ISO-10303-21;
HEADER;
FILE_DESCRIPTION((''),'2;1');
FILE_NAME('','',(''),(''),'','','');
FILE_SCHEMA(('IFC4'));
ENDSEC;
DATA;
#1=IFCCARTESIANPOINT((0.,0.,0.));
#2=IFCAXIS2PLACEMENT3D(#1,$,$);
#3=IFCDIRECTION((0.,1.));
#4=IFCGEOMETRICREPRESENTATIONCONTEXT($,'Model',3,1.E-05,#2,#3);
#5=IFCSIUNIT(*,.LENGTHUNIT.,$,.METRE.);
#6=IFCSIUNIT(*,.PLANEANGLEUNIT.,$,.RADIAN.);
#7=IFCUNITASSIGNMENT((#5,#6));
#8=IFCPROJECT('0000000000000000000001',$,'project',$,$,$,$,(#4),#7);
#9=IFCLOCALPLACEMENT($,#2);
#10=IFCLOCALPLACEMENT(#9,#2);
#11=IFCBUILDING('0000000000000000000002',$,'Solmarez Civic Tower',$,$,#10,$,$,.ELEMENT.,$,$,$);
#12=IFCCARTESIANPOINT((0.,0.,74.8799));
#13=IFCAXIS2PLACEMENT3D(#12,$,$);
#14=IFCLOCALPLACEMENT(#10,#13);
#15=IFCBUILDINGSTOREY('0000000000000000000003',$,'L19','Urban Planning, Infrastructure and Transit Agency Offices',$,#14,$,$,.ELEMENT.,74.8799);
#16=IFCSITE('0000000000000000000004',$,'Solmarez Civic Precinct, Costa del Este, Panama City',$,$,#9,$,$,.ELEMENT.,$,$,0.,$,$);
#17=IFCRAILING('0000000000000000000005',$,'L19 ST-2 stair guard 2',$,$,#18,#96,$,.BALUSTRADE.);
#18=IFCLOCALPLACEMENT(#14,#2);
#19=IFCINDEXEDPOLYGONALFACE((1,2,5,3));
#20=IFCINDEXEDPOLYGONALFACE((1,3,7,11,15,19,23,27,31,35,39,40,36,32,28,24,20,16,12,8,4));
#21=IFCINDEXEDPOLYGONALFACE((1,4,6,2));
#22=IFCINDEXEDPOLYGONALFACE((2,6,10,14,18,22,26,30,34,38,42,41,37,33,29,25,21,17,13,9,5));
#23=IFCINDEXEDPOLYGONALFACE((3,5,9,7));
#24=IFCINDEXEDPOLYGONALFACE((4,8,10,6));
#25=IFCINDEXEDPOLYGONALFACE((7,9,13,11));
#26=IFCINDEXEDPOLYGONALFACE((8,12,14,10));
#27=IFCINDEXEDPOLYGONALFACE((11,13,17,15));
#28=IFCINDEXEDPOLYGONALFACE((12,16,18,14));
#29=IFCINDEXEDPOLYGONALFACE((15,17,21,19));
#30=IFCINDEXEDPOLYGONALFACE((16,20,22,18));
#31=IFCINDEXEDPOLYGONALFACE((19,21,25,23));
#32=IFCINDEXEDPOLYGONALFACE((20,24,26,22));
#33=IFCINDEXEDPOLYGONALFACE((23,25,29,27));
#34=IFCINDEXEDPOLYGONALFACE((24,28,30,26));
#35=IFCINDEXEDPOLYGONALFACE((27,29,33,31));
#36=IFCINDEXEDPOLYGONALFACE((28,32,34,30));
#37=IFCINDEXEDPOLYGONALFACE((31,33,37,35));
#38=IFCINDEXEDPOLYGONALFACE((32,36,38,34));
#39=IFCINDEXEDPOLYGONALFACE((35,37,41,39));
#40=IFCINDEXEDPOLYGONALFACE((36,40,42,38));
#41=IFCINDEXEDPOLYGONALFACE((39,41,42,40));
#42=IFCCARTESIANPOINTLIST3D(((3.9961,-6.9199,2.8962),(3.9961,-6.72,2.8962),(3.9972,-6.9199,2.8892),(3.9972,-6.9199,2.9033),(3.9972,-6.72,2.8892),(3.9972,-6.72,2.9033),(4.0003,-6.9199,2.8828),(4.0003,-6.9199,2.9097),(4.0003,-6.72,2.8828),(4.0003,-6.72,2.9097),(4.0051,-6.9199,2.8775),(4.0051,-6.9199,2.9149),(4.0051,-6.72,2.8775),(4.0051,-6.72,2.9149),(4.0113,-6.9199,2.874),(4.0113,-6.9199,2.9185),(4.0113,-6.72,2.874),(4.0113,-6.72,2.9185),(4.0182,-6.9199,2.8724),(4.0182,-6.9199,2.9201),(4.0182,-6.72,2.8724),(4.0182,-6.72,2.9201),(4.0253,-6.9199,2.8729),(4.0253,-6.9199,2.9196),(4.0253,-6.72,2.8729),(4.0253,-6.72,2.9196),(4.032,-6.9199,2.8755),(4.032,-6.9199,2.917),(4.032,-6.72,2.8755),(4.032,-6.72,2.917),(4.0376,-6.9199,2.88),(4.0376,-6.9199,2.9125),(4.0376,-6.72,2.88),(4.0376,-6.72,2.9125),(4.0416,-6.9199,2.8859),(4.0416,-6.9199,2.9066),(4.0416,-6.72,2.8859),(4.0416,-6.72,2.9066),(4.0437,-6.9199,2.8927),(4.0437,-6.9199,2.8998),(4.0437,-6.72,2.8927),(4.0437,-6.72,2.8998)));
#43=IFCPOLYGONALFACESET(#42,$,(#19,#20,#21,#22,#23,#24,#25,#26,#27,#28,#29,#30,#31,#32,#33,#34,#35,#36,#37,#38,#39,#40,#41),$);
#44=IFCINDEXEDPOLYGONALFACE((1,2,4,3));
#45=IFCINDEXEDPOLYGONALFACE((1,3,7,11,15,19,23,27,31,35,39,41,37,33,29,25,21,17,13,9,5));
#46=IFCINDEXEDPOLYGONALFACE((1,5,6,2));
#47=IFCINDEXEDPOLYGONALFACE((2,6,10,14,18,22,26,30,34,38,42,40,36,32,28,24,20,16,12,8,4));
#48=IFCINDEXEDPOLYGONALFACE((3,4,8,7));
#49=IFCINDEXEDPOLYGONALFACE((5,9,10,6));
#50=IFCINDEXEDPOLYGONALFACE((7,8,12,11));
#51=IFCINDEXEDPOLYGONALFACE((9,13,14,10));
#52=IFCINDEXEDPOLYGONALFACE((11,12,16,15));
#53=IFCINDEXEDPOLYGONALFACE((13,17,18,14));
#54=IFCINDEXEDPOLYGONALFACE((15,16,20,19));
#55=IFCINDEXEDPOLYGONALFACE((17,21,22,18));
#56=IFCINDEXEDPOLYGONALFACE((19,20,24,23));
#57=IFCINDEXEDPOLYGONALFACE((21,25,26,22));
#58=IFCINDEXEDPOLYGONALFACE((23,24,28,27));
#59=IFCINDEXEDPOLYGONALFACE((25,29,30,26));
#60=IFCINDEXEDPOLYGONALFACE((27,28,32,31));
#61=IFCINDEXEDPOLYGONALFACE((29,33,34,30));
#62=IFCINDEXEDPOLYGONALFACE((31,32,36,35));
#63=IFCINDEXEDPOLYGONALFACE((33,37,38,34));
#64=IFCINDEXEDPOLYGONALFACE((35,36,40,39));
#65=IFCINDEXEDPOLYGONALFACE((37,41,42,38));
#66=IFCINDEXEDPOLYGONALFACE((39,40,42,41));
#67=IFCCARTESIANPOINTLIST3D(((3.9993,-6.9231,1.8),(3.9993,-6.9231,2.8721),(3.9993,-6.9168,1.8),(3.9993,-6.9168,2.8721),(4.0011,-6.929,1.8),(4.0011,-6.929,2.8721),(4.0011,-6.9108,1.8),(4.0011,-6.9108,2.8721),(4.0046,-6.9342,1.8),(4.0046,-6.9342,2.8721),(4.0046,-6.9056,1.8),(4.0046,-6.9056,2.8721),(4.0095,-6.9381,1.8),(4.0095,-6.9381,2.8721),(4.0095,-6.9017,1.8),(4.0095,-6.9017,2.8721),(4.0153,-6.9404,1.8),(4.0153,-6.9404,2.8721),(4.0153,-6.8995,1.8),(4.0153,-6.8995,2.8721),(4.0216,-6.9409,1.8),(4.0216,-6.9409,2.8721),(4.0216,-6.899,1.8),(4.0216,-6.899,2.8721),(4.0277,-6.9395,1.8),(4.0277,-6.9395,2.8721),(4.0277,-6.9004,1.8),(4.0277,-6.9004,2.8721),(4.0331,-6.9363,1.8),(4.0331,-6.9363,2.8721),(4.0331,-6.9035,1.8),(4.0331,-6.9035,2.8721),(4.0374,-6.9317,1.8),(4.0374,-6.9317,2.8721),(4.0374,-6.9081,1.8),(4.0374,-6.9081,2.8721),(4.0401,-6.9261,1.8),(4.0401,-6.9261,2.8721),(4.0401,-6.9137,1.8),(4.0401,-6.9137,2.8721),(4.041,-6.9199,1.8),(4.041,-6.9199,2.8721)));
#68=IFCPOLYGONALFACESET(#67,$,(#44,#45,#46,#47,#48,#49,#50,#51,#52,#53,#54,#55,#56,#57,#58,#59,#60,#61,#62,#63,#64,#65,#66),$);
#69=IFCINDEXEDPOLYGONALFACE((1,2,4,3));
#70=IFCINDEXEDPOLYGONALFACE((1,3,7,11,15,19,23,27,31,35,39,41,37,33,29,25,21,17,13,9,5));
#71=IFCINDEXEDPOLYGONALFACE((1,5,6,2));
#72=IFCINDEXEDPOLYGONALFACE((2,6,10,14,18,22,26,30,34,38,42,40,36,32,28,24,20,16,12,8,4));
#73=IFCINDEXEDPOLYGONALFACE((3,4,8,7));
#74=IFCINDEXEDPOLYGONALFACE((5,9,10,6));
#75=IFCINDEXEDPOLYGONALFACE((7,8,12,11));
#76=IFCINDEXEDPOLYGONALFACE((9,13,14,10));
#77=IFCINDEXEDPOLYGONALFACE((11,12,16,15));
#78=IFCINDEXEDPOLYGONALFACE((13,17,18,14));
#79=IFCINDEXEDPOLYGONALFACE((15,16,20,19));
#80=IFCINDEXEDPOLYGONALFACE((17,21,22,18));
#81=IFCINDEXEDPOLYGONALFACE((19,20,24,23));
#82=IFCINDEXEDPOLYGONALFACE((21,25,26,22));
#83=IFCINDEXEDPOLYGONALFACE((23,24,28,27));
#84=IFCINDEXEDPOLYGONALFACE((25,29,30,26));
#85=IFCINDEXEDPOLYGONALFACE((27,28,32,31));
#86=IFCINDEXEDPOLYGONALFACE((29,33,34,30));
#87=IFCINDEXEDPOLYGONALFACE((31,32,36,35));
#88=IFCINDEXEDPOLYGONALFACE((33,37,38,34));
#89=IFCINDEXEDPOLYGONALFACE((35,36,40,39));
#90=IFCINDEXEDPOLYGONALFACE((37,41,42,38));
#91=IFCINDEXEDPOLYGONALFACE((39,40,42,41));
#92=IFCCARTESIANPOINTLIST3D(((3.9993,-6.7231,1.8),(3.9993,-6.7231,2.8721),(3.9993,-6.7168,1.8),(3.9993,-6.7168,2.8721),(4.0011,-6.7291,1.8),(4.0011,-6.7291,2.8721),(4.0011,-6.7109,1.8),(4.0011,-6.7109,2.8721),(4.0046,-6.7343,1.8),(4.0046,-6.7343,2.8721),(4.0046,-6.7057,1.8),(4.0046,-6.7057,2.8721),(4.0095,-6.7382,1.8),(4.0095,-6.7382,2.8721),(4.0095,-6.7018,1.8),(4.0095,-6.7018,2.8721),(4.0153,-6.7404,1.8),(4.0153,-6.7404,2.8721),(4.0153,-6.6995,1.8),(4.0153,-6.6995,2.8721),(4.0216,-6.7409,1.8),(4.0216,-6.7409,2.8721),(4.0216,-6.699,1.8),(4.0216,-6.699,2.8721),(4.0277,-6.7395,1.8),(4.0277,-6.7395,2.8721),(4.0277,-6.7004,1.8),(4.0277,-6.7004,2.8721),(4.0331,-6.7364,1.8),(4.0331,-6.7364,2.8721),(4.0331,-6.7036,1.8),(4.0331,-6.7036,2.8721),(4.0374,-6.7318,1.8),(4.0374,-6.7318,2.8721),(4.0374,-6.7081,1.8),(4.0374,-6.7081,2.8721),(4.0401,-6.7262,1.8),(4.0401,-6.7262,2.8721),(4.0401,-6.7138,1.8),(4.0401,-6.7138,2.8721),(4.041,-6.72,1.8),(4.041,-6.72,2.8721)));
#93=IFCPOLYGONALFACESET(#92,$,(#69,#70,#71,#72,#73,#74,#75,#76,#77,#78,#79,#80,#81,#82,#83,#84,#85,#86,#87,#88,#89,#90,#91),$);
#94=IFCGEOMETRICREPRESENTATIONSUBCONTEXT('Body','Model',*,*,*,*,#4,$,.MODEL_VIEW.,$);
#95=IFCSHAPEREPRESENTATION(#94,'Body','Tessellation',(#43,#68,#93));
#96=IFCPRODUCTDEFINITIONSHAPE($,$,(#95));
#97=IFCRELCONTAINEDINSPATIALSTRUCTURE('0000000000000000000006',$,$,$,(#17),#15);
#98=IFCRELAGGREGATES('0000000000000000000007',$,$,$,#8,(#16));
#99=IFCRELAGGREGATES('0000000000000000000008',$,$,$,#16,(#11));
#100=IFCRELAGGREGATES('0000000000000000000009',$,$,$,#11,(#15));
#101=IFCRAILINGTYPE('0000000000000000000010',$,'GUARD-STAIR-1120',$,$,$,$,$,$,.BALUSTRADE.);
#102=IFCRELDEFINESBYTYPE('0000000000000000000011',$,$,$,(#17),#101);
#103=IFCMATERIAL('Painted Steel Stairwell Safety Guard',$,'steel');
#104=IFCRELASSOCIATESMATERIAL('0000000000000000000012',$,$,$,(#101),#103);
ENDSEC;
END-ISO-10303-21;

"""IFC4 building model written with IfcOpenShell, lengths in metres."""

from ifc_helpers import new_model, si_unit, direction, frame, origin, origin_2d, place, context, subcontext, project, spatial, circle, extrude, material, type_object, element, save


model = new_model("IFC4")

# Units and contexts
model_context = context("Model", 3, precision=1e-05, world=origin(), true_north=direction((0.0, 1.0)))
body_context = subcontext(model_context, "Body", "Model", "MODEL_VIEW")
ifc_project = project(units=[si_unit("LENGTHUNIT", "METRE"), si_unit("PLANEANGLEUNIT", "RADIAN")], contexts=[model_context])

# Site, building, storey
site_placement = place(None, origin())
site = spatial("IfcSite", under=ifc_project, at=site_placement, Name="Solmarez Civic Precinct, Costa del Este, Panama City", CompositionType="ELEMENT", RefElevation=0.0)
building_placement = place(site_placement, origin())
building = spatial("IfcBuilding", under=site, at=building_placement, Name="Solmarez Civic Tower", CompositionType="ELEMENT")
storey_placement = place(building_placement, frame((0.0, 0.0, 74.8799)))
storey = spatial("IfcBuildingStorey", under=building, at=storey_placement, Name="L19", Description="Urban Planning, Infrastructure and Transit Agency Offices", CompositionType="ELEMENT", Elevation=74.8799)

# Railing
ifc_material_1 = material(Name="Painted Steel Stairwell Safety Guard", Category="steel")
railing_type_1 = type_object("IfcRailingType", Name="GUARD-STAIR-1120", PredefinedType="BALUSTRADE", material=ifc_material_1)
railing_1_placement = place(storey_placement, frame((4.02, -6.9199, 1.8)))
element("IfcRailing", 1, at=railing_1_placement, inside=storey, type_object=railing_type_1, Name="L19 ST-2 stair guard 2", PredefinedType="BALUSTRADE", context=body_context, shape_type="SweptSolid", body=[
    extrude(circle(Radius=0.0239, at=origin_2d()), frame((0.0, 0.0, 1.0962), z_axis=(0.0, 1.0, 0.0), x_axis=(-1.0, 0.0, 0.0)), (0.0, 0.0, 1.0), 0.2),
    extrude(circle(Radius=0.021, at=origin_2d()), origin(), (0.0, 0.0, 1.0), 1.072),
    extrude(circle(Radius=0.021, at=origin_2d()), frame((0.0, 0.2, 0.0)), (0.0, 0.0, 1.0), 1.072),
])

save(model, "model.ifc")
